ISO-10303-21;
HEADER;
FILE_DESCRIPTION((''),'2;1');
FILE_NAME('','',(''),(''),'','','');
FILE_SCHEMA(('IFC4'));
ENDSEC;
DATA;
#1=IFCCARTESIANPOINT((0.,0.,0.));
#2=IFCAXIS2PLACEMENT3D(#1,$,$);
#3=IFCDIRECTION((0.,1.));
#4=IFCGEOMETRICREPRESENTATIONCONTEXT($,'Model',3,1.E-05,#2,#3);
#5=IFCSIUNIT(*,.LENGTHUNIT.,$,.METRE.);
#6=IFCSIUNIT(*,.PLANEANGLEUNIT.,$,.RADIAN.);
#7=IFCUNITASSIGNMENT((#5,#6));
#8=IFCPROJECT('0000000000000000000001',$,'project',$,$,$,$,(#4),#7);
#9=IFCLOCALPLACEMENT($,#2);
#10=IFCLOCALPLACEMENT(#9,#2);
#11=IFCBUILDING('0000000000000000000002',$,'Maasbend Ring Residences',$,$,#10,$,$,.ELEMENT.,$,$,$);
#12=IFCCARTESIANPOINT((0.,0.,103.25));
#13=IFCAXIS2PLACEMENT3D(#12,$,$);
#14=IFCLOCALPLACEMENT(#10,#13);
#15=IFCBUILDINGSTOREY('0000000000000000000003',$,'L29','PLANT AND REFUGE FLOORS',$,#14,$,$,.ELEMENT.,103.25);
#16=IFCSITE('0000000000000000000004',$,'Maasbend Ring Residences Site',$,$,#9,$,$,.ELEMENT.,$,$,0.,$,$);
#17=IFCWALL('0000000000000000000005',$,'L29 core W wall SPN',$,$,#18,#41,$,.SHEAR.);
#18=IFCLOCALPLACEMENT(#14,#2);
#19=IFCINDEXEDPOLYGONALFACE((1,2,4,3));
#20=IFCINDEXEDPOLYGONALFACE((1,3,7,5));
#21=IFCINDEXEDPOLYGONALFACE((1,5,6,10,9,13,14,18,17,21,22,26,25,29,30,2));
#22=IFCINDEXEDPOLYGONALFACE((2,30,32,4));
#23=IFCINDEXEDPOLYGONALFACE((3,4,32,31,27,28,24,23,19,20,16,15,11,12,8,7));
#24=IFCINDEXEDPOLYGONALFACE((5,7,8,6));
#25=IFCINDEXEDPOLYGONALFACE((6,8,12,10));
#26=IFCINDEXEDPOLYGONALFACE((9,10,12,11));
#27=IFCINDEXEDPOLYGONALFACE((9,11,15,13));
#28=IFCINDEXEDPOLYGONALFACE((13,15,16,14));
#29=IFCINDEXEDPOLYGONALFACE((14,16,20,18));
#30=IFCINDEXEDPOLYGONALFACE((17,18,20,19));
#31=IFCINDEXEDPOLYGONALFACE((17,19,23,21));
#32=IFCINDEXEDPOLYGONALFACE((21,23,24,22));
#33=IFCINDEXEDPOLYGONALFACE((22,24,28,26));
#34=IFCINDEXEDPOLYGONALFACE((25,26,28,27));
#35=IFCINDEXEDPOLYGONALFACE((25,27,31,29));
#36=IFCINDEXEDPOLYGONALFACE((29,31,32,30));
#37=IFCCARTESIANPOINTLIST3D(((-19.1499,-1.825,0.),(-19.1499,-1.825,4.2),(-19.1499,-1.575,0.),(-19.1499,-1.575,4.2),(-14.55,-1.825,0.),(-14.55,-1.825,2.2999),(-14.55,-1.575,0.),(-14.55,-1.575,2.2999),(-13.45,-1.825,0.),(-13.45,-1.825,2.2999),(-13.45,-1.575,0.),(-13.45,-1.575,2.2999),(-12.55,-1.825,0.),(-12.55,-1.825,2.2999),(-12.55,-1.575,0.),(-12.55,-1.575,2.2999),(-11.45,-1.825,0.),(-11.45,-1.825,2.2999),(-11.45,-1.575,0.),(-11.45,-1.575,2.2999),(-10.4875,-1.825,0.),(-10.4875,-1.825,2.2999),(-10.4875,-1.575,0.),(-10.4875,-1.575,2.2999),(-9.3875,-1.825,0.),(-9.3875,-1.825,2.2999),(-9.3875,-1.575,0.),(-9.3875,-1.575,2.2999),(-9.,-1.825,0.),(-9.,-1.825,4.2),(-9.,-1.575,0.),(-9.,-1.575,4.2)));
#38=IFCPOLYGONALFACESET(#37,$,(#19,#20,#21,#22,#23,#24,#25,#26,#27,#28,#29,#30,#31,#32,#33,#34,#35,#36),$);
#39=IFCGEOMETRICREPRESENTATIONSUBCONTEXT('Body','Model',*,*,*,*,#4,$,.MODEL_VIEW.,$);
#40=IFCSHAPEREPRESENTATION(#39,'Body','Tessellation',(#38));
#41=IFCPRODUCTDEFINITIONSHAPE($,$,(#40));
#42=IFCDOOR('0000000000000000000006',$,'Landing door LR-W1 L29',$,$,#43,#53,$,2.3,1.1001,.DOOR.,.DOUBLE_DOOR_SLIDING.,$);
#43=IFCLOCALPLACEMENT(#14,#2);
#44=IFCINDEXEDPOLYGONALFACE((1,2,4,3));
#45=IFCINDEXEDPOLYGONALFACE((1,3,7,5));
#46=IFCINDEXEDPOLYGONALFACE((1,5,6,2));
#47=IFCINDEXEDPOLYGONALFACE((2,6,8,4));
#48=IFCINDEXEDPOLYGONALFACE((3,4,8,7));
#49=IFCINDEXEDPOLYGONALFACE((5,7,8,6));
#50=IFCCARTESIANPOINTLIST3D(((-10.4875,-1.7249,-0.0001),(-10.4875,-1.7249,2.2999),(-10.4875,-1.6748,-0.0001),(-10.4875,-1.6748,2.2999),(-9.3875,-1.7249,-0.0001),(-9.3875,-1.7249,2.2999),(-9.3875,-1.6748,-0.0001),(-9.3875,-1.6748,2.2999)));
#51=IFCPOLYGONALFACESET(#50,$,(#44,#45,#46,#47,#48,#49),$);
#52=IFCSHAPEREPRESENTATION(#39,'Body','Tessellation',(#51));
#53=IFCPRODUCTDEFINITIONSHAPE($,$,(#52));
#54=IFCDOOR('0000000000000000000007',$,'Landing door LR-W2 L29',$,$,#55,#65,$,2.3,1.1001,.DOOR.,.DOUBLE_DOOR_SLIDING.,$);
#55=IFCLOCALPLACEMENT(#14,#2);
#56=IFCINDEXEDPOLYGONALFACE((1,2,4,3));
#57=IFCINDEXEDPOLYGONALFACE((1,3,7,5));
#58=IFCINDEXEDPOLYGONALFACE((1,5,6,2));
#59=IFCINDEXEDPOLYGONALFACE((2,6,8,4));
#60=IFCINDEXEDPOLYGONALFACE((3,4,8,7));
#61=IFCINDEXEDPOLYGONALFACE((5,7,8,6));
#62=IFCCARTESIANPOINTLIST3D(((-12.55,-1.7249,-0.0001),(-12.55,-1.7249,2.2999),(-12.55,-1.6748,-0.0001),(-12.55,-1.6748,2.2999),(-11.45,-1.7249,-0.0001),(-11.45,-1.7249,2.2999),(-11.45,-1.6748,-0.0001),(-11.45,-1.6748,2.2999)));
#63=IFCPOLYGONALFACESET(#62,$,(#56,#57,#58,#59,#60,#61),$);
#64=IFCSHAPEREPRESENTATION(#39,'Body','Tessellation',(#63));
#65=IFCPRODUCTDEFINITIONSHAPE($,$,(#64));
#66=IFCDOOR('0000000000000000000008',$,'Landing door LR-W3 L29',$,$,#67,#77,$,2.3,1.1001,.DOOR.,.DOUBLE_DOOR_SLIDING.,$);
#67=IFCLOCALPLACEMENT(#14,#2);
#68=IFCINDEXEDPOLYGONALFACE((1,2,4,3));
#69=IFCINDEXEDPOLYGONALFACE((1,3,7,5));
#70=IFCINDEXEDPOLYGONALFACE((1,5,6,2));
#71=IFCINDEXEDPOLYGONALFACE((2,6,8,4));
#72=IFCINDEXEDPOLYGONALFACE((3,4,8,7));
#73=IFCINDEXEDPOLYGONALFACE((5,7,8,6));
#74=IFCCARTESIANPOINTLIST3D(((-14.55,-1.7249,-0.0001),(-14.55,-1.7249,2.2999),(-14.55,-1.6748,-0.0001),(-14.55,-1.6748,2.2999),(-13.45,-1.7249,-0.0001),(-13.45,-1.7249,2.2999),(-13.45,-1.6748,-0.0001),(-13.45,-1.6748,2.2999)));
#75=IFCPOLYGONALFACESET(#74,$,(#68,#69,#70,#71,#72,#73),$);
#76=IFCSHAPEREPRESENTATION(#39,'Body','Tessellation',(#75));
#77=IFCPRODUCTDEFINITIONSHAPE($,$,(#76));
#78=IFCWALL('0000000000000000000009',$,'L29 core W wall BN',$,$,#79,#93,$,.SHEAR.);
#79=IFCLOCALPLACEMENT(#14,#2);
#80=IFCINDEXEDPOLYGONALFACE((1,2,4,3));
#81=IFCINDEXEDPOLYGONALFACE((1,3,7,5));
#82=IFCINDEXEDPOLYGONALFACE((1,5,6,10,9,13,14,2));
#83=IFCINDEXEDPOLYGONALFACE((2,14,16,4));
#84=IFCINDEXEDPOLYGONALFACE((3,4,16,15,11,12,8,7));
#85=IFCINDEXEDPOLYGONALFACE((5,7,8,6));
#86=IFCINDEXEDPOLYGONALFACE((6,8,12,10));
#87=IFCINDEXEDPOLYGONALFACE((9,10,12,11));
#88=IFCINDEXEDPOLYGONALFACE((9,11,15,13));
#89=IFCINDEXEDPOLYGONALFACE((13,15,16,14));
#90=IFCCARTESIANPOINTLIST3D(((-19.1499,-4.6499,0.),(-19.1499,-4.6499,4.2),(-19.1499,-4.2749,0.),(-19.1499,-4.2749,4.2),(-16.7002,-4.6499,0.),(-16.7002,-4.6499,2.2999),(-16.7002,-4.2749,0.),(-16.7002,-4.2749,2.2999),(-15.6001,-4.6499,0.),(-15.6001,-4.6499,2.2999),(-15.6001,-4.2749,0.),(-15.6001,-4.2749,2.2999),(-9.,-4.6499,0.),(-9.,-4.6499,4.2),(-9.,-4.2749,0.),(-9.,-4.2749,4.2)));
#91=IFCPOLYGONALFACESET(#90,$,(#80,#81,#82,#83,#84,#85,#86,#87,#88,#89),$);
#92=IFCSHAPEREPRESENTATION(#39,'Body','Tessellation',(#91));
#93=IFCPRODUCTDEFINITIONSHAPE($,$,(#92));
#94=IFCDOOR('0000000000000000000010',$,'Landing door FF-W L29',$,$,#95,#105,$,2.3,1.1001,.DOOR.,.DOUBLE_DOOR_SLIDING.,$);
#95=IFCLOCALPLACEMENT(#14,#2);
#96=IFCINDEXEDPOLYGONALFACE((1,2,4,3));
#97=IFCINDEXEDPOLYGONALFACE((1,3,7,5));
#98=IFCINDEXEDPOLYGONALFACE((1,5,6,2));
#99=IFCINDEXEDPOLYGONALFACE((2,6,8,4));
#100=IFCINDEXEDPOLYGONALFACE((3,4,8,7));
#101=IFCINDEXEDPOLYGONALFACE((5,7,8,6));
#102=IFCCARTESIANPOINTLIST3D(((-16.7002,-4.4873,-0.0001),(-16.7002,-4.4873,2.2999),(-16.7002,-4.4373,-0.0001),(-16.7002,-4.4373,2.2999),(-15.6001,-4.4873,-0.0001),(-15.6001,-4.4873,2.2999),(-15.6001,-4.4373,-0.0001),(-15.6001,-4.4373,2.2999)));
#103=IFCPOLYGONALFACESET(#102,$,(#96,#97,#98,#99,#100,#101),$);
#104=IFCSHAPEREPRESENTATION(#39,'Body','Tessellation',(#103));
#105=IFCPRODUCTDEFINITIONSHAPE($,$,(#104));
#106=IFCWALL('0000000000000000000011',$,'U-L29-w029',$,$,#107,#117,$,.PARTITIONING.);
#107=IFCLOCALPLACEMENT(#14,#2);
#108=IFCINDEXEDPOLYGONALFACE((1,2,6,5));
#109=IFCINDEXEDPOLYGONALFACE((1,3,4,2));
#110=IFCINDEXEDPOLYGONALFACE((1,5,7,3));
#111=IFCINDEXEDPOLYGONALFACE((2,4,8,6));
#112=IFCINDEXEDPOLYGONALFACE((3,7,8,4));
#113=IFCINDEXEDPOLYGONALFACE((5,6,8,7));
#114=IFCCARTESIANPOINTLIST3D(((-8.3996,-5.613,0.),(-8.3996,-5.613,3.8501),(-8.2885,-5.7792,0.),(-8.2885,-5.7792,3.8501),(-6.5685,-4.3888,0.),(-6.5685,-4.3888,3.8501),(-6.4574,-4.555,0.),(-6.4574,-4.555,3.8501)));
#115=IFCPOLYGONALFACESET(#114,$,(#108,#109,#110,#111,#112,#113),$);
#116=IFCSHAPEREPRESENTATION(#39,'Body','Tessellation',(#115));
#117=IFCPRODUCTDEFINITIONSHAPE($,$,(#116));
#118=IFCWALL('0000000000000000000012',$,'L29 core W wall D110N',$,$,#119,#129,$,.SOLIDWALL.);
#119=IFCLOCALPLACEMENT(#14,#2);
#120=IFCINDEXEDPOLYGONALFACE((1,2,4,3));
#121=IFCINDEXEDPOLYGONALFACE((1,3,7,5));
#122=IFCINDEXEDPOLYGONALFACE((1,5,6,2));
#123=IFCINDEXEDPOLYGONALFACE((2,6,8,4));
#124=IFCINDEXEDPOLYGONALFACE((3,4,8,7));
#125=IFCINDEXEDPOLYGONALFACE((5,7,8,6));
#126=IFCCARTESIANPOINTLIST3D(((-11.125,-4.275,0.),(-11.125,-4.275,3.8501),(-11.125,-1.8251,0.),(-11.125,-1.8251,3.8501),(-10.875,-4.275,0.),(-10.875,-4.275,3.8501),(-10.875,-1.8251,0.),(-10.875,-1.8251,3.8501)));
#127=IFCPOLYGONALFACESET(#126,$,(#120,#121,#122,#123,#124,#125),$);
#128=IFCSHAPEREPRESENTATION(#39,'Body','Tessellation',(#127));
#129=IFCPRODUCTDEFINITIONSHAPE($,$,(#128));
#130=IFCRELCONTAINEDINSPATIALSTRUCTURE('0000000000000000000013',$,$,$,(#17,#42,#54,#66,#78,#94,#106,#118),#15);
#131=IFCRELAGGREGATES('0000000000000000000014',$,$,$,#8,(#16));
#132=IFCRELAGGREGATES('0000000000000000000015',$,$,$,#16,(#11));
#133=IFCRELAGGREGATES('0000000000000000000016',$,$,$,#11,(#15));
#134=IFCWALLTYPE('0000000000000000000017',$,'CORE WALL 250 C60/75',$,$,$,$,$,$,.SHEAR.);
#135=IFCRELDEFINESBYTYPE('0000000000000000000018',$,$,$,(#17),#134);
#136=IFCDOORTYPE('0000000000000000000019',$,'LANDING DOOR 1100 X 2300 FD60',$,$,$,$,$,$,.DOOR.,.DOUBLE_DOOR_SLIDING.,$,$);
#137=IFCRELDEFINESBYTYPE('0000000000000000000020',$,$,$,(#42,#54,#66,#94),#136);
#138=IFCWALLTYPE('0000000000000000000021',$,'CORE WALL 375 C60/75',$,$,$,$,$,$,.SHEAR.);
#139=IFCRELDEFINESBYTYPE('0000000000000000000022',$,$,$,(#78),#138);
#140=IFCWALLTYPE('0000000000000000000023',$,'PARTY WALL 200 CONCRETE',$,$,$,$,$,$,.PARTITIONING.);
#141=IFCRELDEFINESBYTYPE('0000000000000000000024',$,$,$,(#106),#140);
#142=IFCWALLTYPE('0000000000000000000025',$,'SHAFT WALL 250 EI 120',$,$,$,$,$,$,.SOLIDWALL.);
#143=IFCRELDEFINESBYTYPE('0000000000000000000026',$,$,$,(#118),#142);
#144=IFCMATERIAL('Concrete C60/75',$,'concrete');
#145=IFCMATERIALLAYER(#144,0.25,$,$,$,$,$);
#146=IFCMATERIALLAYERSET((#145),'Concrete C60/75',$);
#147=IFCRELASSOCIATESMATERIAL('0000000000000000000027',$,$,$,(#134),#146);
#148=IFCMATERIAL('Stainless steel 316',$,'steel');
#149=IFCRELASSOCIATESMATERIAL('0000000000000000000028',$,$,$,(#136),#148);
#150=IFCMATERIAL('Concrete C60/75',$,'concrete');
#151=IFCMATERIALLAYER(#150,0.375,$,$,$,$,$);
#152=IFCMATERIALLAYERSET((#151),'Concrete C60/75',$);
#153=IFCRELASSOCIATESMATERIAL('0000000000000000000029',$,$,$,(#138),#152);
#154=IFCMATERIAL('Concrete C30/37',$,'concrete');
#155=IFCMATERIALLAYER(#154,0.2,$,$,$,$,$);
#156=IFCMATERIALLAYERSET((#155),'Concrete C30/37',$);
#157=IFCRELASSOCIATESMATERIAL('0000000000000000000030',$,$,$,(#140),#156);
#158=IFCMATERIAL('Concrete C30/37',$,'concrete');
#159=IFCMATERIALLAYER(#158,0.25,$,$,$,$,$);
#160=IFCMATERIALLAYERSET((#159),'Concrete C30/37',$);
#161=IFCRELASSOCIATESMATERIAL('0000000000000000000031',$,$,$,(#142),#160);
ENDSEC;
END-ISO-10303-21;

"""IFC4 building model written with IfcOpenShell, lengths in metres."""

from ifc_helpers import new_model, si_unit, direction, frame, frame_2d, origin, place, context, subcontext, project, spatial, rectangle, extrude, material, layer, layer_set, type_object, element, fill, save


model = new_model("IFC4")

# Units and contexts
model_context = context("Model", 3, precision=1e-05, world=origin(), true_north=direction((0.0, 1.0)))
body_context = subcontext(model_context, "Body", "Model", "MODEL_VIEW")
ifc_project = project(units=[si_unit("LENGTHUNIT", "METRE"), si_unit("PLANEANGLEUNIT", "RADIAN")], contexts=[model_context])

# Site, building, storey
site_placement = place(None, origin())
site = spatial("IfcSite", under=ifc_project, at=site_placement, Name="Maasbend Ring Residences Site", CompositionType="ELEMENT", RefElevation=0.0)
building_placement = place(site_placement, origin())
building = spatial("IfcBuilding", under=site, at=building_placement, Name="Maasbend Ring Residences", CompositionType="ELEMENT")
storey_placement = place(building_placement, frame((0.0, 0.0, 103.25)))
storey = spatial("IfcBuildingStorey", under=building, at=storey_placement, Name="L29", Description="PLANT AND REFUGE FLOORS", CompositionType="ELEMENT", Elevation=103.25)

# Wall, openings, doors
ifc_material_1 = material(Name="Concrete C60/75", Category="concrete")
ifc_layer_1 = layer(ifc_material_1, 0.25)
ifc_layer_set_1 = layer_set([ifc_layer_1], Name="Concrete C60/75")
wall_type_1 = type_object("IfcWallType", Name="CORE WALL 250 C60/75", PredefinedType="SHEAR", material=ifc_layer_set_1)
wall_1_placement = place(storey_placement, frame((-9.0, -1.7, 0.0), z_axis=(0.0, 0.0, 1.0), x_axis=(-1.0, 0.0, 0.0)))
wall_1 = element("IfcWall", 1, at=wall_1_placement, inside=storey, type_object=wall_type_1, Name="L29 core W wall SPN", PredefinedType="SHEAR", context=body_context, shape_type="SweptSolid", body=[
    extrude(rectangle(XDim=10.1499, YDim=0.25, at=frame_2d((5.075, 0.0))), origin(), (0.0, 0.0, 1.0), 4.2),
])
opening_1_placement = place(wall_1_placement, frame((0.3875, 0.0, 0.0)))
opening_1 = element("IfcOpeningElement", 2, at=opening_1_placement, cuts=wall_1, PredefinedType="OPENING", context=body_context, shape_type="SweptSolid", body=[
    extrude(rectangle(XDim=1.1001, YDim=2.3, at=frame_2d((0.55, 1.1499))), frame((0.0, 0.135, 0.0), z_axis=(0.0, -1.0, 0.0), x_axis=(1.0, 0.0, 0.0)), (0.0, 0.0, 1.0), 0.27),
])
opening_2_placement = place(wall_1_placement, frame((2.45, 0.0, 0.0)))
opening_2 = element("IfcOpeningElement", 3, at=opening_2_placement, cuts=wall_1, PredefinedType="OPENING", context=body_context, shape_type="SweptSolid", body=[
    extrude(rectangle(XDim=1.1001, YDim=2.3, at=frame_2d((0.55, 1.1499))), frame((0.0, 0.135, 0.0), z_axis=(0.0, -1.0, 0.0), x_axis=(1.0, 0.0, 0.0)), (0.0, 0.0, 1.0), 0.27),
])
opening_3_placement = place(wall_1_placement, frame((4.45, 0.0, 0.0)))
opening_3 = element("IfcOpeningElement", 4, at=opening_3_placement, cuts=wall_1, PredefinedType="OPENING", context=body_context, shape_type="SweptSolid", body=[
    extrude(rectangle(XDim=1.1001, YDim=2.3, at=frame_2d((0.55, 1.1499))), frame((0.0, 0.135, 0.0), z_axis=(0.0, -1.0, 0.0), x_axis=(1.0, 0.0, 0.0)), (0.0, 0.0, 1.0), 0.27),
])
ifc_material_2 = material(Name="Stainless steel 316", Category="steel")
door_type = type_object("IfcDoorType", Name="LANDING DOOR 1100 X 2300 FD60", OperationType="DOUBLE_DOOR_SLIDING", PredefinedType="DOOR", material=ifc_material_2)
door_1_placement = place(opening_1_placement, origin())
door_1 = element("IfcDoor", 5, at=door_1_placement, inside=storey, type_object=door_type, Name="Landing door LR-W1 L29", OperationType="DOUBLE_DOOR_SLIDING", OverallHeight=2.3, OverallWidth=1.1001, PredefinedType="DOOR", context=body_context, shape_type="SweptSolid", body=[
    extrude(rectangle(XDim=1.1001, YDim=2.3, at=frame_2d((0.55, 1.1499))), frame((0.0, 0.0249, 0.0), z_axis=(0.0, -1.0, 0.0), x_axis=(1.0, 0.0, 0.0)), (0.0, 0.0, 1.0), 0.05),
])
fill(opening_1, door_1)
door_2_placement = place(opening_2_placement, origin())
door_2 = element("IfcDoor", 6, at=door_2_placement, inside=storey, type_object=door_type, Name="Landing door LR-W2 L29", OperationType="DOUBLE_DOOR_SLIDING", OverallHeight=2.3, OverallWidth=1.1001, PredefinedType="DOOR", context=body_context, shape_type="SweptSolid", body=[
    extrude(rectangle(XDim=1.1001, YDim=2.3, at=frame_2d((0.55, 1.1499))), frame((0.0, 0.0249, 0.0), z_axis=(0.0, -1.0, 0.0), x_axis=(1.0, 0.0, 0.0)), (0.0, 0.0, 1.0), 0.05),
])
fill(opening_2, door_2)
door_3_placement = place(opening_3_placement, origin())
door_3 = element("IfcDoor", 7, at=door_3_placement, inside=storey, type_object=door_type, Name="Landing door LR-W3 L29", OperationType="DOUBLE_DOOR_SLIDING", OverallHeight=2.3, OverallWidth=1.1001, PredefinedType="DOOR", context=body_context, shape_type="SweptSolid", body=[
    extrude(rectangle(XDim=1.1001, YDim=2.3, at=frame_2d((0.55, 1.1499))), frame((0.0, 0.0249, 0.0), z_axis=(0.0, -1.0, 0.0), x_axis=(1.0, 0.0, 0.0)), (0.0, 0.0, 1.0), 0.05),
])
fill(opening_3, door_3)

# Wall, opening, door
ifc_material_3 = material(Name="Concrete C60/75", Category="concrete")
ifc_layer_2 = layer(ifc_material_3, 0.375)
ifc_layer_set_2 = layer_set([ifc_layer_2], Name="Concrete C60/75")
wall_type_2 = type_object("IfcWallType", Name="CORE WALL 375 C60/75", PredefinedType="SHEAR", material=ifc_layer_set_2)
wall_2_placement = place(storey_placement, frame((-9.0, -4.4624, 0.0), z_axis=(0.0, 0.0, 1.0), x_axis=(-1.0, 0.0, 0.0)))
wall_2 = element("IfcWall", 8, at=wall_2_placement, inside=storey, type_object=wall_type_2, Name="L29 core W wall BN", PredefinedType="SHEAR", context=body_context, shape_type="SweptSolid", body=[
    extrude(rectangle(XDim=10.1499, YDim=0.375, at=frame_2d((5.075, 0.0))), origin(), (0.0, 0.0, 1.0), 4.2),
])
opening_4_placement = place(wall_2_placement, frame((6.6001, 0.0, 0.0)))
opening_4 = element("IfcOpeningElement", 9, at=opening_4_placement, cuts=wall_2, PredefinedType="OPENING", context=body_context, shape_type="SweptSolid", body=[
    extrude(rectangle(XDim=1.1001, YDim=2.3, at=frame_2d((0.55, 1.1499))), frame((0.0, 0.1975, 0.0), z_axis=(0.0, -1.0, 0.0), x_axis=(1.0, 0.0, 0.0)), (0.0, 0.0, 1.0), 0.395),
])
door_4_placement = place(opening_4_placement, origin())
door_4 = element("IfcDoor", 10, at=door_4_placement, inside=storey, type_object=door_type, Name="Landing door FF-W L29", OperationType="DOUBLE_DOOR_SLIDING", OverallHeight=2.3, OverallWidth=1.1001, PredefinedType="DOOR", context=body_context, shape_type="SweptSolid", body=[
    extrude(rectangle(XDim=1.1001, YDim=2.3, at=frame_2d((0.55, 1.1499))), frame((0.0, 0.0249, 0.0), z_axis=(0.0, -1.0, 0.0), x_axis=(1.0, 0.0, 0.0)), (0.0, 0.0, 1.0), 0.05),
])
fill(opening_4, door_4)

# Walls
ifc_material_4 = material(Name="Concrete C30/37", Category="concrete")
ifc_layer_3 = layer(ifc_material_4, 0.2)
ifc_layer_set_3 = layer_set([ifc_layer_3], Name="Concrete C30/37")
wall_type_3 = type_object("IfcWallType", Name="PARTY WALL 200 CONCRETE", PredefinedType="PARTITIONING", material=ifc_layer_set_3)
wall_3_placement = place(storey_placement, frame((-6.5129, -4.4719, 0.0), z_axis=(0.0, 0.0, 1.0), x_axis=(-0.831333, -0.555774, 0.0)))
element("IfcWall", 11, at=wall_3_placement, inside=storey, type_object=wall_type_3, Name="U-L29-w029", PredefinedType="PARTITIONING", context=body_context, shape_type="SweptSolid", body=[
    extrude(rectangle(XDim=2.2026, YDim=0.2, at=frame_2d((1.1013, 0.0))), origin(), (0.0, 0.0, 1.0), 3.8501),
])
ifc_material_5 = material(Name="Concrete C30/37", Category="concrete")
ifc_layer_4 = layer(ifc_material_5, 0.25)
ifc_layer_set_4 = layer_set([ifc_layer_4], Name="Concrete C30/37")
wall_type_4 = type_object("IfcWallType", Name="SHAFT WALL 250 EI 120", PredefinedType="SOLIDWALL", material=ifc_layer_set_4)
wall_4_placement = place(storey_placement, frame((-11.0, -1.825, 0.0), z_axis=(0.0, 0.0, 1.0), x_axis=(0.0, -1.0, 0.0)))
element("IfcWall", 12, at=wall_4_placement, inside=storey, type_object=wall_type_4, Name="L29 core W wall D110N", PredefinedType="SOLIDWALL", context=body_context, shape_type="SweptSolid", body=[
    extrude(rectangle(XDim=2.45, YDim=0.25, at=frame_2d((1.2251, 0.0))), origin(), (0.0, 0.0, 1.0), 3.8501),
])

save(model, "model.ifc")
